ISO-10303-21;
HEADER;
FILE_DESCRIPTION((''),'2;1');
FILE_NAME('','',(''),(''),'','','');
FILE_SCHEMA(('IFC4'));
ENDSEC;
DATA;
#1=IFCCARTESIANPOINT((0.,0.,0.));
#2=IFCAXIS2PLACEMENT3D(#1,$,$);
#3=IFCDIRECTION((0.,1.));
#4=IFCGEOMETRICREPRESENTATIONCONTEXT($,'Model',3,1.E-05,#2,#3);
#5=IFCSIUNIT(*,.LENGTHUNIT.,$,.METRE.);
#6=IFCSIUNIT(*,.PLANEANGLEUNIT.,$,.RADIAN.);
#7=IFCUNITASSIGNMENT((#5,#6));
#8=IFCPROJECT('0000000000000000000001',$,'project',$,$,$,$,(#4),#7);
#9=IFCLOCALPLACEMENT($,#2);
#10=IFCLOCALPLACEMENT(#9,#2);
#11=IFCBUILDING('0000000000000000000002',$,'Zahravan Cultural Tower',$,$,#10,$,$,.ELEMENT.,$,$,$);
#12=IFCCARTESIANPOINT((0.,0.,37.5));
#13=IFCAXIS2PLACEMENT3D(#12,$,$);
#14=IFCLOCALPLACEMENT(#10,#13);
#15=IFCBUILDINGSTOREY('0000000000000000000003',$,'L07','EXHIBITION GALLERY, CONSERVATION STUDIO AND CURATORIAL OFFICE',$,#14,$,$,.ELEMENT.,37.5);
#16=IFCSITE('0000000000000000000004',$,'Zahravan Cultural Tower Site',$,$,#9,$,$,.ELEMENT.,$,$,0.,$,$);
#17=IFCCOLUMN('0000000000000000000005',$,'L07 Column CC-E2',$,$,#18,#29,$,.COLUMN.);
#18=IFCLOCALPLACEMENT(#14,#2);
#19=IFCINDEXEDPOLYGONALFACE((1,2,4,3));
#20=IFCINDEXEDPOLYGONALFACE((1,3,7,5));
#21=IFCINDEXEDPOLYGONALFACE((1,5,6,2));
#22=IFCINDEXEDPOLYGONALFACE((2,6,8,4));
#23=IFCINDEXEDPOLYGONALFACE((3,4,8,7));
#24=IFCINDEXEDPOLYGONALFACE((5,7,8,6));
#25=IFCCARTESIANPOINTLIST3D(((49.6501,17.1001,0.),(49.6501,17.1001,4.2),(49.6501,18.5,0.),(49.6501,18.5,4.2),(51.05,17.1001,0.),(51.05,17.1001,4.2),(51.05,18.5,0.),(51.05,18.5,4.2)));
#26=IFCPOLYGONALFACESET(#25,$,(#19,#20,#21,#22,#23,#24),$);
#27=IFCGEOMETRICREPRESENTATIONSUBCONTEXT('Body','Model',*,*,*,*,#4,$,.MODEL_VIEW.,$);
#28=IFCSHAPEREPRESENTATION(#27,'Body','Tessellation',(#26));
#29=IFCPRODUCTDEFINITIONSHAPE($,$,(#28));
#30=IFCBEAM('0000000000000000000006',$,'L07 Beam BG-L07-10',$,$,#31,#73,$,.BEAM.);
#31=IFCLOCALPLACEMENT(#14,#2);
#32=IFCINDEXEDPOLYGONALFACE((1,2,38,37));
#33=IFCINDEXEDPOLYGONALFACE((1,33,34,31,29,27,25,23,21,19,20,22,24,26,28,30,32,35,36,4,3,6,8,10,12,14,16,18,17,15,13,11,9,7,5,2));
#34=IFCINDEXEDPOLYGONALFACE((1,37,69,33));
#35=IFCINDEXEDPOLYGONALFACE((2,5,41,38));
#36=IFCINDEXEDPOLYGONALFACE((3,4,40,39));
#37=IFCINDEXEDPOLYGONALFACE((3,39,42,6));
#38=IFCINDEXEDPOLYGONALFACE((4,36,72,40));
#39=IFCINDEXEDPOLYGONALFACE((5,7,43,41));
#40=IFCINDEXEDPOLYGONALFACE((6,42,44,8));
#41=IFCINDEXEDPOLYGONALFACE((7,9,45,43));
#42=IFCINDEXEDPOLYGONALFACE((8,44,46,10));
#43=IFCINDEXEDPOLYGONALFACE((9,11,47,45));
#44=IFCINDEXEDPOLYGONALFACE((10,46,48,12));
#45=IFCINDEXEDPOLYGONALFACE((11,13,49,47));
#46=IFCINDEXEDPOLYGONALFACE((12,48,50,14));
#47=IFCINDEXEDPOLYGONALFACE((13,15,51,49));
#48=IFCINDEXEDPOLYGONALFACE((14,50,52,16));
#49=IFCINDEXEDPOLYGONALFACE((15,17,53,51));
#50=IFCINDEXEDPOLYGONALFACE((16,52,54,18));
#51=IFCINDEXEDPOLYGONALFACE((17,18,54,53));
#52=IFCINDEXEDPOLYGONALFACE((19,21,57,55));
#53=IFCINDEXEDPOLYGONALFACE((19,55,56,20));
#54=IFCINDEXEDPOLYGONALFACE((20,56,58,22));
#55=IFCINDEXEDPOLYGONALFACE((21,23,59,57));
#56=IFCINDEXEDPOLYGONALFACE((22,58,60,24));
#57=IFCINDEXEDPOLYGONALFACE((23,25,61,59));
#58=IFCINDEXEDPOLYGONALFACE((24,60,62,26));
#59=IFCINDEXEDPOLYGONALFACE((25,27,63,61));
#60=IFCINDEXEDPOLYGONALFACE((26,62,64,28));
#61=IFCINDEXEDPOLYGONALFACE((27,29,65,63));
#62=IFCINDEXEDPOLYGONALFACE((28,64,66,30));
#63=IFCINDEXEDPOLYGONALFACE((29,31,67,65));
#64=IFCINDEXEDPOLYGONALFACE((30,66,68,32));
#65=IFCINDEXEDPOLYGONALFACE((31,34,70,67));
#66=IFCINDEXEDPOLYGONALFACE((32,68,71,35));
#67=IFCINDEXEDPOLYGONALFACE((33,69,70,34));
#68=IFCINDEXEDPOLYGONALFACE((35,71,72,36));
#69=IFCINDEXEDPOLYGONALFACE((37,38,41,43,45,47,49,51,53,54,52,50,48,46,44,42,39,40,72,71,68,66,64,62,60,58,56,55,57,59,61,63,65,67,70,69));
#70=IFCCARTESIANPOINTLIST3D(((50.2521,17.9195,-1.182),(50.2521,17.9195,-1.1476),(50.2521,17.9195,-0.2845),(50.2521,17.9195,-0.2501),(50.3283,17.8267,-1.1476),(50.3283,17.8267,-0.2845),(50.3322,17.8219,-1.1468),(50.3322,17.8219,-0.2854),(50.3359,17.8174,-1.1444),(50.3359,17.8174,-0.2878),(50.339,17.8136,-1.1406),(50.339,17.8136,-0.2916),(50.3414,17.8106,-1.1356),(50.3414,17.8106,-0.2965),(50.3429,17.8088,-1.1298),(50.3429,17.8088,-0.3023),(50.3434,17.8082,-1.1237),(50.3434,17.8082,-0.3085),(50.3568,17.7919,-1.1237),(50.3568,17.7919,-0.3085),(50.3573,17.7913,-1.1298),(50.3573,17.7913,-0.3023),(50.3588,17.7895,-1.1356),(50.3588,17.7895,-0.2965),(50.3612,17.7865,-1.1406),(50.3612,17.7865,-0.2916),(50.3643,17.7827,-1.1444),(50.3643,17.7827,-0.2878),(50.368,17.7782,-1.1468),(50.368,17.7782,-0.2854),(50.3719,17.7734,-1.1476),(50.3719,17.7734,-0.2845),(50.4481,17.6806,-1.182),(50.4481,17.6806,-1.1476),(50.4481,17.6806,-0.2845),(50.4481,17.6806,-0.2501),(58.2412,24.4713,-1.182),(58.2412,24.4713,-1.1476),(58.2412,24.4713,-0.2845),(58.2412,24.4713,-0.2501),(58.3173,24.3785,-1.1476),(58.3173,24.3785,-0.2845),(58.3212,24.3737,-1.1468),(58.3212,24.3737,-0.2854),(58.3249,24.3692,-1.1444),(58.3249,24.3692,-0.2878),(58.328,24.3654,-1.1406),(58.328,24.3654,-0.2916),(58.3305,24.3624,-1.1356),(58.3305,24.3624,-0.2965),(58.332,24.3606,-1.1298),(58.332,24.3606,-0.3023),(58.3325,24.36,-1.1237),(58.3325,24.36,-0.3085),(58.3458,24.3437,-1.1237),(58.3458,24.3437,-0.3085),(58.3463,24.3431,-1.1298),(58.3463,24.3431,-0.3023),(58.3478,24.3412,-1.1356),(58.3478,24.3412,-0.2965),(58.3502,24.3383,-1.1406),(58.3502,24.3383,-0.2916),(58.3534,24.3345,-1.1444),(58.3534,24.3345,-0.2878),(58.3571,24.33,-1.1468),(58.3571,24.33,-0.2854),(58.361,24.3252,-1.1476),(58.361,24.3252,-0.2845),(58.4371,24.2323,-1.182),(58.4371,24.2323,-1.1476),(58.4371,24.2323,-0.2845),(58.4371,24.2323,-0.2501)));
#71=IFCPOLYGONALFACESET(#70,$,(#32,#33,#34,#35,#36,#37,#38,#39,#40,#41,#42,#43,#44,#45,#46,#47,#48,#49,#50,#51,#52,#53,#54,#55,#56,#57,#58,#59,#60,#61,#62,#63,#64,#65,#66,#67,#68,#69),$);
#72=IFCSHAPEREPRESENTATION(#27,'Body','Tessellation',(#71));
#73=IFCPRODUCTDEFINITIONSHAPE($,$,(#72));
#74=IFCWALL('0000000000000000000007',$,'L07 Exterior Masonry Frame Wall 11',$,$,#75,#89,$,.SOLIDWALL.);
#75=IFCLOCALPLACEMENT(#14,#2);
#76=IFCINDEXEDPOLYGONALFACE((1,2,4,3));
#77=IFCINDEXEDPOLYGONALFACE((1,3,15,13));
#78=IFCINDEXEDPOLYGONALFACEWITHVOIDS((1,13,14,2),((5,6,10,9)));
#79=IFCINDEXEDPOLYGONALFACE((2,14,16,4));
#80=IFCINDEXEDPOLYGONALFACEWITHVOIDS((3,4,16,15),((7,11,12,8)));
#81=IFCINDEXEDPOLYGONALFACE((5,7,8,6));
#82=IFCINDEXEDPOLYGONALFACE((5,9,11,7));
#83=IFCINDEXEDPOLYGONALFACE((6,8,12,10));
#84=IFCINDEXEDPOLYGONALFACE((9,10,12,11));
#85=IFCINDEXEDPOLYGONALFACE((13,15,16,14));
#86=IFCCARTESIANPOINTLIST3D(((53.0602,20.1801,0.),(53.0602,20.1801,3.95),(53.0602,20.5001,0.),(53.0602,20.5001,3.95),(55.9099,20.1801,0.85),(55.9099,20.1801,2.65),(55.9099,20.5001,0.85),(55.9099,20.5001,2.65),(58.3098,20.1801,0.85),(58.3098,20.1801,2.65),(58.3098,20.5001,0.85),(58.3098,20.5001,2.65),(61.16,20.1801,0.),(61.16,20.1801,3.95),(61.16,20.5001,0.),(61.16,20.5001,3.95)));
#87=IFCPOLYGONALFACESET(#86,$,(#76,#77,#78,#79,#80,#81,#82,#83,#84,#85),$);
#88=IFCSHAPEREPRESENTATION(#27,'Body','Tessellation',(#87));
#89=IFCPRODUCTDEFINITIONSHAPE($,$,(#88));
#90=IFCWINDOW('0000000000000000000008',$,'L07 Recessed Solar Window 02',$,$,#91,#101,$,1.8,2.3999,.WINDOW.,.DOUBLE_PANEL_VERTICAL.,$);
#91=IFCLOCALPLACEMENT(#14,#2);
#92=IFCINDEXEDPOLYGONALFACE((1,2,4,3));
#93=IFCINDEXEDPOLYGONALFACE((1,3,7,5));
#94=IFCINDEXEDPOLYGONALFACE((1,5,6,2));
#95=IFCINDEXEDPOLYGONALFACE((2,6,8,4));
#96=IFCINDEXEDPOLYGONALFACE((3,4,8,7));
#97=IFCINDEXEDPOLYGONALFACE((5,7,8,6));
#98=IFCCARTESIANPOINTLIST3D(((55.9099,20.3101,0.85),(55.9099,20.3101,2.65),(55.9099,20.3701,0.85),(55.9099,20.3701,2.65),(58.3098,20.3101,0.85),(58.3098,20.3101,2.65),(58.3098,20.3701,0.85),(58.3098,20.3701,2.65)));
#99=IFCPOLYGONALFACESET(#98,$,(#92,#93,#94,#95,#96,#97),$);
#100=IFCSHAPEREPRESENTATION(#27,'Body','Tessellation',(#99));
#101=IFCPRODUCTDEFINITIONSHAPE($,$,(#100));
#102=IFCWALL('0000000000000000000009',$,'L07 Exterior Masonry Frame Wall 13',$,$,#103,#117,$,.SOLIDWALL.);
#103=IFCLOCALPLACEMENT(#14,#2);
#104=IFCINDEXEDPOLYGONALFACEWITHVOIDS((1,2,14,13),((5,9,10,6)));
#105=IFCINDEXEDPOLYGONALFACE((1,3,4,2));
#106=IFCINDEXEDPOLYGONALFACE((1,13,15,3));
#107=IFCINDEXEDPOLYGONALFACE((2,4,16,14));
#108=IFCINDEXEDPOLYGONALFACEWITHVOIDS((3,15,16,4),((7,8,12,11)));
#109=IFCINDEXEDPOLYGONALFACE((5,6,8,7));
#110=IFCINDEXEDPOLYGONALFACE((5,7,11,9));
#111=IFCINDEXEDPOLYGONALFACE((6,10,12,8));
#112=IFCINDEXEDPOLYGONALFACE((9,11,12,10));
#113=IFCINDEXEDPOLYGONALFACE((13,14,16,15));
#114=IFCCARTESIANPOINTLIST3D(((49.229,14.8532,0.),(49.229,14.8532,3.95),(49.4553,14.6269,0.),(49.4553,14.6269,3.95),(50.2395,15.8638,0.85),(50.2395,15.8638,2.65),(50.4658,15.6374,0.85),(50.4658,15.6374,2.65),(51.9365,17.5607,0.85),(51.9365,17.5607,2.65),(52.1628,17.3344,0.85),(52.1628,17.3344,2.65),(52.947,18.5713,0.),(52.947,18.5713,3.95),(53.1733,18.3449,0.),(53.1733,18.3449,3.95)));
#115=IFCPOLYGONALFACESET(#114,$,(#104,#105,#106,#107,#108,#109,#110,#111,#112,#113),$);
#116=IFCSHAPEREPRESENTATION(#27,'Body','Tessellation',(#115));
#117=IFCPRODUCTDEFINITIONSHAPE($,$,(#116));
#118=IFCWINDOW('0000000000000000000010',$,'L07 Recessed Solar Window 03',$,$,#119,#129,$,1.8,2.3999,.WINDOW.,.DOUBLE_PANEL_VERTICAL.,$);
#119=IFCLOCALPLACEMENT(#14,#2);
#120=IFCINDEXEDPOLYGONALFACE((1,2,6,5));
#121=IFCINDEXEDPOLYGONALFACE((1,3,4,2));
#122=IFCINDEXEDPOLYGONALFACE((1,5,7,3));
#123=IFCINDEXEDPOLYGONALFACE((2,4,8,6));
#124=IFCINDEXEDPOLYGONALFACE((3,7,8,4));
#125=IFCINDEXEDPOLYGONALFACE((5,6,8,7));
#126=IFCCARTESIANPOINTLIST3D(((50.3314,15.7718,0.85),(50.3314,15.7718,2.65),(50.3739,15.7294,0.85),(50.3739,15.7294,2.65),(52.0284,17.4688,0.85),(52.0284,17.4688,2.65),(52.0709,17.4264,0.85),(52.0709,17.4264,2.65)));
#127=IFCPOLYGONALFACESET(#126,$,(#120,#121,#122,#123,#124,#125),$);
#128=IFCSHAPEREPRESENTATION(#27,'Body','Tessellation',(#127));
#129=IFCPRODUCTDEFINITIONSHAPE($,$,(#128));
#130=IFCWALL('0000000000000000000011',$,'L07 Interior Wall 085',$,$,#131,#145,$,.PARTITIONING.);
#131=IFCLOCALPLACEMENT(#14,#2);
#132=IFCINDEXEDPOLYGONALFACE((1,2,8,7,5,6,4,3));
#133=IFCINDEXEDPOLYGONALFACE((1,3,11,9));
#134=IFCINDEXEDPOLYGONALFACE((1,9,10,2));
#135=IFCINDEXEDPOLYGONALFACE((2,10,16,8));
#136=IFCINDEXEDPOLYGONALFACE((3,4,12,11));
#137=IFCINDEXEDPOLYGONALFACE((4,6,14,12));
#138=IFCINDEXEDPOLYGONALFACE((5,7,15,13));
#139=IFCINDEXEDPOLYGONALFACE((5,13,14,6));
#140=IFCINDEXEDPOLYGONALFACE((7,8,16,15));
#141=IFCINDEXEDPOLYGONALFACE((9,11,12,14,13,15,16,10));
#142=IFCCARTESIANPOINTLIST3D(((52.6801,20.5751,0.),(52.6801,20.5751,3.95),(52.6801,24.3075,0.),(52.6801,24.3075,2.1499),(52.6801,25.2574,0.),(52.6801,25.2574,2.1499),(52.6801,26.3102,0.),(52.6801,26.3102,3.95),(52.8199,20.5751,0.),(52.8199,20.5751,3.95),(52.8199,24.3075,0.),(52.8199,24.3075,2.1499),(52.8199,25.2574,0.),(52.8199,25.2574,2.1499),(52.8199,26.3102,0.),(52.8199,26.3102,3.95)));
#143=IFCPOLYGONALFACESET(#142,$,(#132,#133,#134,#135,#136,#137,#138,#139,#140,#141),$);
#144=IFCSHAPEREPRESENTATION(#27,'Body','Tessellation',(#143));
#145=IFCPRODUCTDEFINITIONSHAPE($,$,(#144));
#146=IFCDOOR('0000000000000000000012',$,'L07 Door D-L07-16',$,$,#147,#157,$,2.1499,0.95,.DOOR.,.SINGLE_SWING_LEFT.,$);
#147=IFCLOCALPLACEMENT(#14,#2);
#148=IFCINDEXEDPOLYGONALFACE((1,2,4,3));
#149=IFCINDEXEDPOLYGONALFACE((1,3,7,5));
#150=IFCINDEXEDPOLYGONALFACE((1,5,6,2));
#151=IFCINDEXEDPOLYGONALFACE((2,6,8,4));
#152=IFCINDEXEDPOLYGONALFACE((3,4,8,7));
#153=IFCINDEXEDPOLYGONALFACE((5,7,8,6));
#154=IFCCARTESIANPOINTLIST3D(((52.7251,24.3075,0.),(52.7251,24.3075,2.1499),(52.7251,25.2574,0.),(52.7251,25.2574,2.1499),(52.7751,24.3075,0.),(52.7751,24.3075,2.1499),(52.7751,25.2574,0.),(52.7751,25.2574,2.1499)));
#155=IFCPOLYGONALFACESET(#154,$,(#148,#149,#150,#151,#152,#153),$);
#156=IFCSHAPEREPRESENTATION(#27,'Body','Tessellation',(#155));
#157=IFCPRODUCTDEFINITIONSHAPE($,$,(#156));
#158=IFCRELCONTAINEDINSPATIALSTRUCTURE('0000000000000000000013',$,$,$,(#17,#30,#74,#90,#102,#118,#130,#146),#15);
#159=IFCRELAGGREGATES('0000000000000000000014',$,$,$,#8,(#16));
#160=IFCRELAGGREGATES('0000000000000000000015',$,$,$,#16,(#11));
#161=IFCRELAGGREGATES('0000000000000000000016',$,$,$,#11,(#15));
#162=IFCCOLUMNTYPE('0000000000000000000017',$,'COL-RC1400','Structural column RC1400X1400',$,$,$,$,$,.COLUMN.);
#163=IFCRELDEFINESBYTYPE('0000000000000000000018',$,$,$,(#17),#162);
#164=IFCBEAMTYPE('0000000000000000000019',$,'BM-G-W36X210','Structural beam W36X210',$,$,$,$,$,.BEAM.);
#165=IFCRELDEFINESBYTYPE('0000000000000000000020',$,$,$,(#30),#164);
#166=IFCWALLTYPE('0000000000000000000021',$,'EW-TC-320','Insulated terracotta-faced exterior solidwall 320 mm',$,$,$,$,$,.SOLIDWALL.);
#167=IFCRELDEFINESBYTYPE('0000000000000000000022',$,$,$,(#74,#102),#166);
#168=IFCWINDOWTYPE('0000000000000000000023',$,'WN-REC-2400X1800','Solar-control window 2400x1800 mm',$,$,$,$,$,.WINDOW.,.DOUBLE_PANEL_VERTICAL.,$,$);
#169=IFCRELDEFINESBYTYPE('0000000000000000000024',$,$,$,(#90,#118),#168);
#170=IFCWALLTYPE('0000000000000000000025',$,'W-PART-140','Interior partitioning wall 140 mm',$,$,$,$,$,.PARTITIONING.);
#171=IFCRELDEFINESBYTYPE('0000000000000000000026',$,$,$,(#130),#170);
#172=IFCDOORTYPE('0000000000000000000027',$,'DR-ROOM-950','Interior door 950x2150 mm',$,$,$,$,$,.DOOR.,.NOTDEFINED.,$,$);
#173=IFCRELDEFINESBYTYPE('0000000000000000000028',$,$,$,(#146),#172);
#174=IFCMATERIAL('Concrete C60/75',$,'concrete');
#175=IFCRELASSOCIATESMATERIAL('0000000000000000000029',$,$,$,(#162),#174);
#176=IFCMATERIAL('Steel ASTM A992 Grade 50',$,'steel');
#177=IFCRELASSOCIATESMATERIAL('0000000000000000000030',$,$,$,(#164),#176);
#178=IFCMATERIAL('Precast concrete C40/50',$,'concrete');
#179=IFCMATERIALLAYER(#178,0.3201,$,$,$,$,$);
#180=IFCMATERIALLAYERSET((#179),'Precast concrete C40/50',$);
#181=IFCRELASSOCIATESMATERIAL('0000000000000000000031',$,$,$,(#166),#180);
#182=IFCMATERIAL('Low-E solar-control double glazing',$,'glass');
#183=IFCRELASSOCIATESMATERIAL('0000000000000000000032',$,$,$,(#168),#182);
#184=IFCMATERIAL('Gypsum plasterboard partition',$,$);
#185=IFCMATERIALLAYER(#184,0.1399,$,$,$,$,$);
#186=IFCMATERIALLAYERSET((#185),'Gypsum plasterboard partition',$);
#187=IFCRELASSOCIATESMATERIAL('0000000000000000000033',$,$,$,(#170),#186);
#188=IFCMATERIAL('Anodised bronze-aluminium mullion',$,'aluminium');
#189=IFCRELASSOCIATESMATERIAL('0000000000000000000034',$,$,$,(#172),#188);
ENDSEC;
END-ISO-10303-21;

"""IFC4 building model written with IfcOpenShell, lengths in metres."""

from ifc_helpers import new_model, si_unit, direction, frame, frame_2d, origin, origin_2d, place, context, subcontext, project, spatial, rectangle, i_section, extrude, source, transform, mapped, material, layer, layer_set, material_profile, profile_set, type_object, element, fill, save


model = new_model("IFC4")

# Units and contexts
model_context = context("Model", 3, precision=1e-05, world=origin(), true_north=direction((0.0, 1.0)))
body_context = subcontext(model_context, "Body", "Model", "MODEL_VIEW")
ifc_project = project(units=[si_unit("LENGTHUNIT", "METRE"), si_unit("PLANEANGLEUNIT", "RADIAN")], contexts=[model_context])

# Site, building, storey
site_placement = place(None, origin())
site = spatial("IfcSite", under=ifc_project, at=site_placement, Name="Zahravan Cultural Tower Site", CompositionType="ELEMENT", RefElevation=0.0)
building_placement = place(site_placement, origin())
building = spatial("IfcBuilding", under=site, at=building_placement, Name="Zahravan Cultural Tower", CompositionType="ELEMENT")
storey_placement = place(building_placement, frame((0.0, 0.0, 37.5)))
storey = spatial("IfcBuildingStorey", under=building, at=storey_placement, Name="L07", Description="EXHIBITION GALLERY, CONSERVATION STUDIO AND CURATORIAL OFFICE", CompositionType="ELEMENT", Elevation=37.5)

# Column
ifc_material_1 = material(Name="Concrete C60/75", Category="concrete")
ifc_material_profile_1 = material_profile(ifc_material_1, rectangle(XDim=1.3999, YDim=1.3999, at=origin_2d()), Name="RC1400X1400")
ifc_profile_set_1 = profile_set([ifc_material_profile_1], Name="Concrete C60/75")
column_type = type_object("IfcColumnType", Name="COL-RC1400", Description="Structural column RC1400X1400", PredefinedType="COLUMN", material=ifc_profile_set_1)
shared_shape_1 = source(origin(), body_context, "Body", "SweptSolid", [
    extrude(rectangle(XDim=1.3999, YDim=1.3999, at=origin_2d()), origin(), (0.0, 0.0, 1.0), 4.2),
])
column_placement = place(storey_placement, frame((50.3501, 17.8, 0.0), z_axis=(0.0, 0.0, 1.0), x_axis=(1.0, 0.0, 0.0)))
element("IfcColumn", 1, at=column_placement, inside=storey, type_object=column_type, Name="L07 Column CC-E2", PredefinedType="COLUMN", context=body_context, shape_type="MappedRepresentation", body=[
    mapped(shared_shape_1, transform((0.0, 0.0, 0.0), x_axis=(1.0, 0.0, 0.0), y_axis=(0.0, 1.0, 0.0), z_axis=(0.0, 0.0, 1.0), scale=1.0)),
])

# Beam
ifc_material_2 = material(Name="Steel ASTM A992 Grade 50", Category="steel")
ifc_material_profile_2 = material_profile(ifc_material_2, i_section(OverallWidth=0.3091, OverallDepth=0.9319, WebThickness=0.021, FlangeThickness=0.0344, FilletRadius=0.0239, at=origin_2d()), Name="W36X210")
ifc_profile_set_2 = profile_set([ifc_material_profile_2], Name="Steel ASTM A992 Grade 50")
beam_type = type_object("IfcBeamType", Name="BM-G-W36X210", Description="Structural beam W36X210", PredefinedType="BEAM", material=ifc_profile_set_2)
shared_shape_2 = source(origin(), body_context, "Body", "SweptSolid", [
    extrude(i_section(OverallWidth=0.3091, OverallDepth=0.9319, WebThickness=0.021, FlangeThickness=0.0344, FilletRadius=0.0239, at=origin_2d()), origin(), (0.0, 0.0, 1.0), 10.332),
])
beam_placement = place(storey_placement, frame((50.3501, 17.8, -0.7161), z_axis=(0.773231, 0.634124, 0.0), x_axis=(-0.634124, 0.773231, 0.0)))
element("IfcBeam", 2, at=beam_placement, inside=storey, type_object=beam_type, Name="L07 Beam BG-L07-10", PredefinedType="BEAM", context=body_context, shape_type="MappedRepresentation", body=[
    mapped(shared_shape_2, transform((0.0, 0.0, 0.0), x_axis=(1.0, 0.0, 0.0), y_axis=(0.0, 1.0, 0.0), z_axis=(0.0, 0.0, 1.0), scale=1.0)),
])

# Walls, openings, windows
ifc_material_3 = material(Name="Precast concrete C40/50", Category="concrete")
ifc_layer_1 = layer(ifc_material_3, 0.3201)
ifc_layer_set_1 = layer_set([ifc_layer_1], Name="Precast concrete C40/50")
wall_type_1 = type_object("IfcWallType", Name="EW-TC-320", Description="Insulated terracotta-faced exterior solidwall 320 mm", PredefinedType="SOLIDWALL", material=ifc_layer_set_1)
wall_1_placement = place(storey_placement, frame((61.1599, 20.3401, 0.0), z_axis=(0.0, 0.0, 1.0), x_axis=(-1.0, 0.0, 0.0)))
wall_1 = element("IfcWall", 3, at=wall_1_placement, inside=storey, type_object=wall_type_1, Name="L07 Exterior Masonry Frame Wall 11", PredefinedType="SOLIDWALL", context=body_context, shape_type="SweptSolid", body=[
    extrude(rectangle(XDim=8.0999, YDim=0.3201, at=frame_2d((4.0498, 0.0))), origin(), (0.0, 0.0, 1.0), 3.95),
])
opening_1_placement = place(wall_1_placement, frame((2.8501, 0.0, 0.8501)))
opening_1 = element("IfcOpeningElement", 4, at=opening_1_placement, cuts=wall_1, PredefinedType="OPENING", context=body_context, shape_type="SweptSolid", body=[
    extrude(rectangle(XDim=2.3999, YDim=1.8, at=frame_2d((1.2, 0.8999))), frame((0.0, 0.1699, 0.0), z_axis=(0.0, -1.0, 0.0), x_axis=(1.0, 0.0, 0.0)), (0.0, 0.0, 1.0), 0.3401),
])
ifc_material_4 = material(Name="Low-E solar-control double glazing", Category="glass")
window_type = type_object("IfcWindowType", Name="WN-REC-2400X1800", Description="Solar-control window 2400x1800 mm", PartitioningType="DOUBLE_PANEL_VERTICAL", PredefinedType="WINDOW", material=ifc_material_4)
shared_shape_3 = source(origin(), body_context, "Body", "SweptSolid", [
    extrude(rectangle(XDim=2.3999, YDim=1.8, at=frame_2d((1.2, 0.8999))), frame((0.0, 0.03, 0.0), z_axis=(0.0, -1.0, 0.0), x_axis=(1.0, 0.0, 0.0)), (0.0, 0.0, 1.0), 0.0601),
])
window_1_placement = place(opening_1_placement, origin())
window_1 = element("IfcWindow", 5, at=window_1_placement, inside=storey, type_object=window_type, Name="L07 Recessed Solar Window 02", OverallHeight=1.8, OverallWidth=2.3999, PartitioningType="DOUBLE_PANEL_VERTICAL", PredefinedType="WINDOW", context=body_context, shape_type="MappedRepresentation", body=[
    mapped(shared_shape_3, transform((0.0, 0.0, 0.0), x_axis=(1.0, 0.0, 0.0), y_axis=(0.0, 1.0, 0.0), z_axis=(0.0, 0.0, 1.0), scale=1.0)),
])
fill(opening_1, window_1)
wall_2_placement = place(storey_placement, frame((53.0601, 18.458, 0.0), z_axis=(0.0, 0.0, 1.0), x_axis=(-0.707107, -0.707107, 0.0)))
wall_2 = element("IfcWall", 6, at=wall_2_placement, inside=storey, type_object=wall_type_1, Name="L07 Exterior Masonry Frame Wall 13", PredefinedType="SOLIDWALL", context=body_context, shape_type="SweptSolid", body=[
    extrude(rectangle(XDim=5.2581, YDim=0.3201, at=frame_2d((2.6289, 0.0))), origin(), (0.0, 0.0, 1.0), 3.95),
])
opening_2_placement = place(wall_2_placement, frame((1.429, 0.0, 0.8501)))
opening_2 = element("IfcOpeningElement", 7, at=opening_2_placement, cuts=wall_2, PredefinedType="OPENING", context=body_context, shape_type="SweptSolid", body=[
    extrude(rectangle(XDim=2.3999, YDim=1.8, at=frame_2d((1.2, 0.8999))), frame((0.0, 0.1699, 0.0), z_axis=(0.0, -1.0, 0.0), x_axis=(1.0, 0.0, 0.0)), (0.0, 0.0, 1.0), 0.3401),
])
window_2_placement = place(opening_2_placement, origin())
window_2 = element("IfcWindow", 8, at=window_2_placement, inside=storey, type_object=window_type, Name="L07 Recessed Solar Window 03", OverallHeight=1.8, OverallWidth=2.3999, PartitioningType="DOUBLE_PANEL_VERTICAL", PredefinedType="WINDOW", context=body_context, shape_type="MappedRepresentation", body=[
    mapped(shared_shape_3, transform((0.0, 0.0, 0.0), x_axis=(1.0, 0.0, 0.0), y_axis=(0.0, 1.0, 0.0), z_axis=(0.0, 0.0, 1.0), scale=1.0)),
])
fill(opening_2, window_2)

# Wall, opening, door
ifc_material_5 = material(Name="Gypsum plasterboard partition")
ifc_layer_2 = layer(ifc_material_5, 0.1399)
ifc_layer_set_2 = layer_set([ifc_layer_2], Name="Gypsum plasterboard partition")
wall_type_2 = type_object("IfcWallType", Name="W-PART-140", Description="Interior partitioning wall 140 mm", PredefinedType="PARTITIONING", material=ifc_layer_set_2)
wall_3_placement = place(storey_placement, frame((52.75, 20.575, 0.0), z_axis=(0.0, 0.0, 1.0), x_axis=(0.0, 1.0, 0.0)))
wall_3 = element("IfcWall", 9, at=wall_3_placement, inside=storey, type_object=wall_type_2, Name="L07 Interior Wall 085", PredefinedType="PARTITIONING", context=body_context, shape_type="SweptSolid", body=[
    extrude(rectangle(XDim=5.7351, YDim=0.1399, at=frame_2d((2.8677, 0.0))), origin(), (0.0, 0.0, 1.0), 3.95),
])
opening_3_placement = place(wall_3_placement, frame((3.7324, 0.0, 0.0)))
opening_3 = element("IfcOpeningElement", 10, at=opening_3_placement, cuts=wall_3, PredefinedType="OPENING", context=body_context, shape_type="SweptSolid", body=[
    extrude(rectangle(XDim=0.95, YDim=2.1499, at=frame_2d((0.4751, 1.075))), frame((0.0, 0.0798, 0.0), z_axis=(0.0, -1.0, 0.0), x_axis=(1.0, 0.0, 0.0)), (0.0, 0.0, 1.0), 0.1599),
])
ifc_material_6 = material(Name="Anodised bronze-aluminium mullion", Category="aluminium")
door_type = type_object("IfcDoorType", Name="DR-ROOM-950", Description="Interior door 950x2150 mm", OperationType="NOTDEFINED", PredefinedType="DOOR", material=ifc_material_6)
shared_shape_4 = source(origin(), body_context, "Body", "SweptSolid", [
    extrude(rectangle(XDim=0.95, YDim=2.1499, at=frame_2d((0.4751, 1.075))), frame((0.0, 0.0249, 0.0), z_axis=(0.0, -1.0, 0.0), x_axis=(1.0, 0.0, 0.0)), (0.0, 0.0, 1.0), 0.05),
])
door_placement = place(opening_3_placement, origin())
door = element("IfcDoor", 11, at=door_placement, inside=storey, type_object=door_type, Name="L07 Door D-L07-16", OperationType="SINGLE_SWING_LEFT", OverallHeight=2.1499, OverallWidth=0.95, PredefinedType="DOOR", context=body_context, shape_type="MappedRepresentation", body=[
    mapped(shared_shape_4, transform((0.0, 0.0, 0.0), x_axis=(1.0, 0.0, 0.0), y_axis=(0.0, 1.0, 0.0), z_axis=(0.0, 0.0, 1.0), scale=1.0)),
])
fill(opening_3, door)

save(model, "model.ifc")
